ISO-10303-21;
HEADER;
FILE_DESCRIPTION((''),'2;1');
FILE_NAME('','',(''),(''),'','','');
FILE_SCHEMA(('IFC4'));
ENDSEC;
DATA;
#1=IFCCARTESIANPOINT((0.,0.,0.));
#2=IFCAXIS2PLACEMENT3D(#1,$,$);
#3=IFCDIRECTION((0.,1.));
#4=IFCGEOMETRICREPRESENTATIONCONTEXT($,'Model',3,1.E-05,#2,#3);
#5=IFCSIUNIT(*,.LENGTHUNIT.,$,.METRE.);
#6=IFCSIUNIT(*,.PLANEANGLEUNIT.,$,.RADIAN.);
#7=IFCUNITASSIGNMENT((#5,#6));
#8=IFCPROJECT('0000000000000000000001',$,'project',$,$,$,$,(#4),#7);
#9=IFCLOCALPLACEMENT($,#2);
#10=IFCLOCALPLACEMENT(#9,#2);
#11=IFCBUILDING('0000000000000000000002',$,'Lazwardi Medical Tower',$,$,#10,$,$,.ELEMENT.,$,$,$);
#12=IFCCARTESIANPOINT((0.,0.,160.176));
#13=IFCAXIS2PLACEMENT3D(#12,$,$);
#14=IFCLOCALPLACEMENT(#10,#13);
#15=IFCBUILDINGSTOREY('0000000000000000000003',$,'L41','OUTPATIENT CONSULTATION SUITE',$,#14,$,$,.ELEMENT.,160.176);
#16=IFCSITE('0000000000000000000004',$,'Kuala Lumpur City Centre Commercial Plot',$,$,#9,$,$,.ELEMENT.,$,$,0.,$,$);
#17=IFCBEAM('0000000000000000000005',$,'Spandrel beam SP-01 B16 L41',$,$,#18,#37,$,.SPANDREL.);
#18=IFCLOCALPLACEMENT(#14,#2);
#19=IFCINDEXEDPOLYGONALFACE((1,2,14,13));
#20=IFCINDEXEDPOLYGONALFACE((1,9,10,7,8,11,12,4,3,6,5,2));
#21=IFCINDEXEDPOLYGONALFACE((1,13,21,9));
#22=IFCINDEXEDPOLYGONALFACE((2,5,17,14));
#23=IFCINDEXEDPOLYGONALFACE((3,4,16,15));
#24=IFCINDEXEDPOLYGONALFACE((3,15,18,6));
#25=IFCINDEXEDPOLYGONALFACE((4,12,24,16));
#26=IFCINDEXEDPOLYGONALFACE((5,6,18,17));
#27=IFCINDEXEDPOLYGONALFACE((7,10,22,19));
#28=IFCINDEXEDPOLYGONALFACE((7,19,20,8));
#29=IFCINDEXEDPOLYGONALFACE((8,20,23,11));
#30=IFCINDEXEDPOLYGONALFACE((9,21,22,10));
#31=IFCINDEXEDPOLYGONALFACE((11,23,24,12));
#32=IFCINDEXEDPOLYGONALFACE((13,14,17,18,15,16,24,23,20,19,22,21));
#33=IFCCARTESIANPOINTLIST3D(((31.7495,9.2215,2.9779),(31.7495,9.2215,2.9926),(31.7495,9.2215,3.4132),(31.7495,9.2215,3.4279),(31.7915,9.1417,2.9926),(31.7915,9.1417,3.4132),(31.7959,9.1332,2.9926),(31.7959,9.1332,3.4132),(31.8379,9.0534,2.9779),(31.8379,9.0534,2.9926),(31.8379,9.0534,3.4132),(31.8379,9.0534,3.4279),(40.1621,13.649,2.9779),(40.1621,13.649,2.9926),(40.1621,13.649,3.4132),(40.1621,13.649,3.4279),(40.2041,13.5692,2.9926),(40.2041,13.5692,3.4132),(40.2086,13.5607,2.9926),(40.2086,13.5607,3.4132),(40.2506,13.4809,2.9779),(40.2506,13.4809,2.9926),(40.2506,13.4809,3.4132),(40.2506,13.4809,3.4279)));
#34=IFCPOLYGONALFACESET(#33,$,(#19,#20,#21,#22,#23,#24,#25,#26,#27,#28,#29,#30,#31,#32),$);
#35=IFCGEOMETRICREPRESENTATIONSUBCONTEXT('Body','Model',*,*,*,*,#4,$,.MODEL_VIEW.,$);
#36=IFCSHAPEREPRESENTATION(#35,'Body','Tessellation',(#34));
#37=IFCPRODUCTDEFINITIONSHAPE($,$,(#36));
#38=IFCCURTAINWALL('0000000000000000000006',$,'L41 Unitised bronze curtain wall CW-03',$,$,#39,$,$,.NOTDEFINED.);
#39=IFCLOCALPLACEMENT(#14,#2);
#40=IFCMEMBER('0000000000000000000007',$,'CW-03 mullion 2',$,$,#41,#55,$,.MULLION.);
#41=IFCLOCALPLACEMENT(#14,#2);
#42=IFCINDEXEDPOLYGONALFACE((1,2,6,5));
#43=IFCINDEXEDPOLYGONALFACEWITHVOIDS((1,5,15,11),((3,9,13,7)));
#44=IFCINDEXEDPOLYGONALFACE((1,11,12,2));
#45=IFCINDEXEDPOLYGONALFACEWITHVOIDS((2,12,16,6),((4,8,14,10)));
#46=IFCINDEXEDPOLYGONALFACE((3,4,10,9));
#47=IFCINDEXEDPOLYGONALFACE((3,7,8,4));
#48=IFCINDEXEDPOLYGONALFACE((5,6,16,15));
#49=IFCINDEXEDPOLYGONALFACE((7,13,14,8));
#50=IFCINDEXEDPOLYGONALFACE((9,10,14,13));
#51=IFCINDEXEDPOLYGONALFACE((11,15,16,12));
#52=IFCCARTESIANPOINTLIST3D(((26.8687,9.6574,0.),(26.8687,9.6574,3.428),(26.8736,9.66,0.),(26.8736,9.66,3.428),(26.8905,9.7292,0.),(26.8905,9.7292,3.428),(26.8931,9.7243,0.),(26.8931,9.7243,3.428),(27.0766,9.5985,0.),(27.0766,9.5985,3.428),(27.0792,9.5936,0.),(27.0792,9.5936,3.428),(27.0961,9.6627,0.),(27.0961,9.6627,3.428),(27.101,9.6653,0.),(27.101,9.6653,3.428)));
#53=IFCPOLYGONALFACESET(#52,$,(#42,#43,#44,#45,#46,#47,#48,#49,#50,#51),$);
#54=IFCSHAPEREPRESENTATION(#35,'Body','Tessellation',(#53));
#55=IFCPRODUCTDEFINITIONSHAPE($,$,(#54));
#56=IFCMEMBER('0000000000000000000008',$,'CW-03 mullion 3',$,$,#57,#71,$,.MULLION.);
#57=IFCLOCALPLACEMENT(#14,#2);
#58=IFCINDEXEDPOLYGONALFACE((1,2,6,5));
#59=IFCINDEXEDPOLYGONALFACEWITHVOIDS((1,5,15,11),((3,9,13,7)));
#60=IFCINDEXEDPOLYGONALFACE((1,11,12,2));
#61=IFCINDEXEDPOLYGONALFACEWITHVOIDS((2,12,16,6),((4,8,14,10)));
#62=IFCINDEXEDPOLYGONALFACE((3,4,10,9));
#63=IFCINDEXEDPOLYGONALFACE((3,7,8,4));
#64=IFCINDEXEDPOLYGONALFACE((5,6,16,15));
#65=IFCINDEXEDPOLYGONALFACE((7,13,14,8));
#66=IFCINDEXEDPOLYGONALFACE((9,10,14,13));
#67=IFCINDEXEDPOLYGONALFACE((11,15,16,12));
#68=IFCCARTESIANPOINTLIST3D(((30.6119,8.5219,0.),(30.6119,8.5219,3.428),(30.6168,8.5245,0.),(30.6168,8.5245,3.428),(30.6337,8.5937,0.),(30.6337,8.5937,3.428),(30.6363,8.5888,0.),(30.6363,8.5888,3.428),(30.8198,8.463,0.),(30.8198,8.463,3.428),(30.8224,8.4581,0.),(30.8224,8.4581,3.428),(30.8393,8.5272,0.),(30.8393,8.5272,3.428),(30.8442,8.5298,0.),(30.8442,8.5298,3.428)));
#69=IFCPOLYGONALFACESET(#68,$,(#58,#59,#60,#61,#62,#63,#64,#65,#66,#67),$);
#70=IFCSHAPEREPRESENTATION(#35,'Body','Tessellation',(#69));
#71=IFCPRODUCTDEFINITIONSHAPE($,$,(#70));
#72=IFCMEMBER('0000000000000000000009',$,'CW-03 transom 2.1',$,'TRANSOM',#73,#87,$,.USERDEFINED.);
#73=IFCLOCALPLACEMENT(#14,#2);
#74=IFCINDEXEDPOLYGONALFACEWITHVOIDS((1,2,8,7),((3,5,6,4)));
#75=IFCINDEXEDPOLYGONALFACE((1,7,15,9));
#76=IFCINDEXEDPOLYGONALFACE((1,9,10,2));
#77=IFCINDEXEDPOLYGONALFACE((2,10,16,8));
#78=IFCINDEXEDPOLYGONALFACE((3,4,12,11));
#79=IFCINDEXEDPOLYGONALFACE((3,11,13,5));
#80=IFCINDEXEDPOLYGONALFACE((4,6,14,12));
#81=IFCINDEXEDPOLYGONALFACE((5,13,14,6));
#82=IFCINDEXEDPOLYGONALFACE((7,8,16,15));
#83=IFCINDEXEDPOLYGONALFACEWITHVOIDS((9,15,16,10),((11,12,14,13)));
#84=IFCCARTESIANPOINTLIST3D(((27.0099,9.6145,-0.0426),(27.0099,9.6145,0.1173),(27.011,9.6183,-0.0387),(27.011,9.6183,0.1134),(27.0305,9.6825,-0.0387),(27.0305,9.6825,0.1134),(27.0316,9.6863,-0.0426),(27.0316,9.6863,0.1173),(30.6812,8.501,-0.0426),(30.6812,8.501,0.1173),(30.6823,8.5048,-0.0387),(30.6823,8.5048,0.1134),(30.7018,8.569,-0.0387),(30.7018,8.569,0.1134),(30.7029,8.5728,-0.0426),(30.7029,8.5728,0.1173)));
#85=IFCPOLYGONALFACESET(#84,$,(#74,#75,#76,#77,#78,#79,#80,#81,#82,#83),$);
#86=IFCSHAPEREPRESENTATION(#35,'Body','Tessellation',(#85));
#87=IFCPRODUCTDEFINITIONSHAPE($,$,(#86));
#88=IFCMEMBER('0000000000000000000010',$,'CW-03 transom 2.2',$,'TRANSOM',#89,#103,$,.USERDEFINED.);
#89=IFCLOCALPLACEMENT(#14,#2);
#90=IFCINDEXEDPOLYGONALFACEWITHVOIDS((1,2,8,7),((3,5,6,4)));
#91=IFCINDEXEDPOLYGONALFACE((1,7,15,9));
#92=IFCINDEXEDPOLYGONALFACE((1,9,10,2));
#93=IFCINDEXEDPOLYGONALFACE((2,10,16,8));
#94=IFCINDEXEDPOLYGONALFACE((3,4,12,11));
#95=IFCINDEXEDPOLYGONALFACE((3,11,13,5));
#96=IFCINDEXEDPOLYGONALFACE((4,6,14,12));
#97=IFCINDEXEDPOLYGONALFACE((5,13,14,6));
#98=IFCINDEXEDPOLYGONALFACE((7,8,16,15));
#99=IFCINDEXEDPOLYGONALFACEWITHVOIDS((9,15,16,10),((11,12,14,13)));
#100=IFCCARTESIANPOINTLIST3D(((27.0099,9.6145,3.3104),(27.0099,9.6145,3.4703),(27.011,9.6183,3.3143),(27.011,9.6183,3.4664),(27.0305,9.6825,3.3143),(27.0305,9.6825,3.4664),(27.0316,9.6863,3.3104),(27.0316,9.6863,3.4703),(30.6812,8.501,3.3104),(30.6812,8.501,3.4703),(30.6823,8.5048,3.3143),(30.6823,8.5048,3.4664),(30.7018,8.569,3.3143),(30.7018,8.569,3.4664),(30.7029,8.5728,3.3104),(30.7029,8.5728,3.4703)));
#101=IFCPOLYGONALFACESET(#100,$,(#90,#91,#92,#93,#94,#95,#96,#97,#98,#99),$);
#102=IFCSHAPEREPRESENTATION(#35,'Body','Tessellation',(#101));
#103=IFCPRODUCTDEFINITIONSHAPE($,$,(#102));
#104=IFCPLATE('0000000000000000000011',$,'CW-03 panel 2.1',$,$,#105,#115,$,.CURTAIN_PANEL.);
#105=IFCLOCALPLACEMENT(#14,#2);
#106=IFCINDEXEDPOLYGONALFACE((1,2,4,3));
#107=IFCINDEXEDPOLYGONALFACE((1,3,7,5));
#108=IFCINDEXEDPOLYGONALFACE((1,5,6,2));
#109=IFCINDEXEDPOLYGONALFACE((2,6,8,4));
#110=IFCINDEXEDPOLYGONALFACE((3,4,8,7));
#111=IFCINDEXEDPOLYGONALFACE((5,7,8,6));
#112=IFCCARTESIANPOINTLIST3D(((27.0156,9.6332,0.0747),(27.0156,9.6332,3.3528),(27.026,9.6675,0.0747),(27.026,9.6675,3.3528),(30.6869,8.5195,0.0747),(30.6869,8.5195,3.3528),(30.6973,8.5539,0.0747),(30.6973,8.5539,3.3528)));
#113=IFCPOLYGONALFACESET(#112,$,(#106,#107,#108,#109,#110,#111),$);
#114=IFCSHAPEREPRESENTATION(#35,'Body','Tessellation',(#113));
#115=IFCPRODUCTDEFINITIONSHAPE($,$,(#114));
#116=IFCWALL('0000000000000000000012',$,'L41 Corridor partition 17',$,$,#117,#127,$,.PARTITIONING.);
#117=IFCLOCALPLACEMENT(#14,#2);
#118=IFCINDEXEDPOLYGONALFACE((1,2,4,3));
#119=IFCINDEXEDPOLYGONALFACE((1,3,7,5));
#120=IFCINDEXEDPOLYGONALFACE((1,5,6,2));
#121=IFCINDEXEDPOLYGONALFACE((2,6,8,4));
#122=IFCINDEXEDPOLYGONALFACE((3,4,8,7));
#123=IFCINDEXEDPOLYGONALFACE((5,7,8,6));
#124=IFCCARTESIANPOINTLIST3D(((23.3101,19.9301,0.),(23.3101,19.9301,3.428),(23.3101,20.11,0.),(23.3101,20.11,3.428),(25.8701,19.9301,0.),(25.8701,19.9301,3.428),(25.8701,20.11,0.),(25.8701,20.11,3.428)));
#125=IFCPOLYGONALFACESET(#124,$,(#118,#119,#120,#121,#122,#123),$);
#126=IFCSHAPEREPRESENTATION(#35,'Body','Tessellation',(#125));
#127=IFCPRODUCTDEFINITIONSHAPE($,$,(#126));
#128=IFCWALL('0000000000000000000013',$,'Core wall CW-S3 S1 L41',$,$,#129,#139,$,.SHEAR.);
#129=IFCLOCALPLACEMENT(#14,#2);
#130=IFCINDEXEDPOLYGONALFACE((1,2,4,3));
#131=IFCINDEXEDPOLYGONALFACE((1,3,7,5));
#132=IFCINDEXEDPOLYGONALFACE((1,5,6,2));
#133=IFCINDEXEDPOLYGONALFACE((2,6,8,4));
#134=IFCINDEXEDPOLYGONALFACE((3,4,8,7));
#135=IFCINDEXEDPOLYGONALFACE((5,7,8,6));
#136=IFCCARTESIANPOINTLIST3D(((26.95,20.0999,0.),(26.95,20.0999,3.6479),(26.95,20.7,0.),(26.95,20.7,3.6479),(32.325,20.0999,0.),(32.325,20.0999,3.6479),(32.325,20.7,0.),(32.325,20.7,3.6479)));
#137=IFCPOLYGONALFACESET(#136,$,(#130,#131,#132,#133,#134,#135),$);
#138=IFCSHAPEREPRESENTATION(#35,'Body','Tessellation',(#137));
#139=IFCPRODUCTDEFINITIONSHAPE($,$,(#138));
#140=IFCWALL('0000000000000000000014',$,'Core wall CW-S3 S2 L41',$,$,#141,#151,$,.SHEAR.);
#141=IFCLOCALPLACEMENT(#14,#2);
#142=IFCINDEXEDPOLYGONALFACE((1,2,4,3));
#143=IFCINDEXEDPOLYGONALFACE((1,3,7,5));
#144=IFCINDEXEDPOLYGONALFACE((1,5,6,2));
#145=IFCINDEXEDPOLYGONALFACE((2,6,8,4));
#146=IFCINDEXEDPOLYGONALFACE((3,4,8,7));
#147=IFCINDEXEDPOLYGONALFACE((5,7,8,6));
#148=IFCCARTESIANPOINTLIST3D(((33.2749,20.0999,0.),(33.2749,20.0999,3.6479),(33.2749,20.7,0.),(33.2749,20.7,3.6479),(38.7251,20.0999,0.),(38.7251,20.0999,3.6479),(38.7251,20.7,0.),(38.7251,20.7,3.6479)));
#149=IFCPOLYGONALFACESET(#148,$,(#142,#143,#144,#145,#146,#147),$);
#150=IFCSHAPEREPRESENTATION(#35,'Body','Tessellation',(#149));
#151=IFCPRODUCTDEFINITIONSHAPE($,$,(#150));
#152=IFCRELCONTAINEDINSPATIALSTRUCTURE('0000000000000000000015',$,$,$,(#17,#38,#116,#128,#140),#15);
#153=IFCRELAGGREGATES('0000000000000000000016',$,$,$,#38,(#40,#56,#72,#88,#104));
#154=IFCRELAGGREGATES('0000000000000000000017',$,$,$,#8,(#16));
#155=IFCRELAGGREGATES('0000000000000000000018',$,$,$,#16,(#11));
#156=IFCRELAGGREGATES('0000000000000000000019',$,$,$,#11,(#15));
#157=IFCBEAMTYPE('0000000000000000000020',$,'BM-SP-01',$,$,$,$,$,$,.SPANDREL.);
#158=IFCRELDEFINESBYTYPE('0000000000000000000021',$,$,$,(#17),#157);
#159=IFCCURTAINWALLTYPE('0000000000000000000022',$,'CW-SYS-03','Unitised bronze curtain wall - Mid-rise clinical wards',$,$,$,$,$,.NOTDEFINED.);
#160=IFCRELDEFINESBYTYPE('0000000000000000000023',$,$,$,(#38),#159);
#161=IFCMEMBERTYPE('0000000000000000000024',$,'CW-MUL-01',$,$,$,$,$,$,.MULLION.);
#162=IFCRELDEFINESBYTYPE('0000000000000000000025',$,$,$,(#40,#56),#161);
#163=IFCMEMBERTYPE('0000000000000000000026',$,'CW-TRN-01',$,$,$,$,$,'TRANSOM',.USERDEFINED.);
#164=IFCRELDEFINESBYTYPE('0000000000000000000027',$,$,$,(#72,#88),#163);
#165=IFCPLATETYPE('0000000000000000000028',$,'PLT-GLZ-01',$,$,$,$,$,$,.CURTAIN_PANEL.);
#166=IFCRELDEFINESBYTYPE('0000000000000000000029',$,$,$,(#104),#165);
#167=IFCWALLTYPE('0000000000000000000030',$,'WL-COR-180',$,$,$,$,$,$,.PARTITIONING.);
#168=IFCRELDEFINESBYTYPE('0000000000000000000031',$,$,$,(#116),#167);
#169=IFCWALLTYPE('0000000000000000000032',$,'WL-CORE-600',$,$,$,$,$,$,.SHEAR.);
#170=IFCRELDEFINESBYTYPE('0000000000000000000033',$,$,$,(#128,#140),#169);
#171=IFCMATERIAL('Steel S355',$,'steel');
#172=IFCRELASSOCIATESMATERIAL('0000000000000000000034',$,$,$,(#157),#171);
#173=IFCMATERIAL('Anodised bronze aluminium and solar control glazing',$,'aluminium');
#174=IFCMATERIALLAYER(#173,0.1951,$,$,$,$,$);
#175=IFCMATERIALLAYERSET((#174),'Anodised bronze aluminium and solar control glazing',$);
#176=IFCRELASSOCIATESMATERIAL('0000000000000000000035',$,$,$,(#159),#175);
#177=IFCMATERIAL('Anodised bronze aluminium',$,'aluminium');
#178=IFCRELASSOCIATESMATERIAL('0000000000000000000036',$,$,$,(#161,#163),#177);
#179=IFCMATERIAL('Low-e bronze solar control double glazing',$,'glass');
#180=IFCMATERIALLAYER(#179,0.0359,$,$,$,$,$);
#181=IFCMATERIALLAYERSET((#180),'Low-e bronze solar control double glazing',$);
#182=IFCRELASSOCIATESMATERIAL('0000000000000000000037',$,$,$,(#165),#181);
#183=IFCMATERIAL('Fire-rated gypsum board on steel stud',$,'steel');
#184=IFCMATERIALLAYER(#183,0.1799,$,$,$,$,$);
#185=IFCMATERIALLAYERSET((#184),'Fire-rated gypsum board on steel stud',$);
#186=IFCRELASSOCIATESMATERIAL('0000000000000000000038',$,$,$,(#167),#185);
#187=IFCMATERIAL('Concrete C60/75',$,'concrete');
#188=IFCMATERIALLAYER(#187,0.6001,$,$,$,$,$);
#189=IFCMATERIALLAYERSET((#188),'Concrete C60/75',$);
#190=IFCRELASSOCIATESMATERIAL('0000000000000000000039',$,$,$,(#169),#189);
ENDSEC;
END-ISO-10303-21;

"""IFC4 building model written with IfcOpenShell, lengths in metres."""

from ifc_helpers import new_model, si_unit, direction, frame, frame_2d, origin, origin_2d, place, context, subcontext, project, spatial, rectangle, hollow_rectangle, i_section, extrude, material, layer, layer_set, material_profile, profile_set, type_object, element, aggregate, save


model = new_model("IFC4")

# Units and contexts
model_context = context("Model", 3, precision=1e-05, world=origin(), true_north=direction((0.0, 1.0)))
body_context = subcontext(model_context, "Body", "Model", "MODEL_VIEW")
ifc_project = project(units=[si_unit("LENGTHUNIT", "METRE"), si_unit("PLANEANGLEUNIT", "RADIAN")], contexts=[model_context])

# Site, building, storey
site_placement = place(None, origin())
site = spatial("IfcSite", under=ifc_project, at=site_placement, Name="Kuala Lumpur City Centre Commercial Plot", CompositionType="ELEMENT", RefElevation=0.0)
building_placement = place(site_placement, origin())
building = spatial("IfcBuilding", under=site, at=building_placement, Name="Lazwardi Medical Tower", CompositionType="ELEMENT")
storey_placement = place(building_placement, frame((0.0, 0.0, 160.176)))
storey = spatial("IfcBuildingStorey", under=building, at=storey_placement, Name="L41", Description="OUTPATIENT CONSULTATION SUITE", CompositionType="ELEMENT", Elevation=160.176)

# Shared definitions
ifc_material_1 = material(Name="Concrete C60/75", Category="concrete")

# Beam
ifc_material_2 = material(Name="Steel S355", Category="steel")
ifc_material_profile_1 = material_profile(ifc_material_2, i_section(OverallWidth=0.1899, OverallDepth=0.45, WebThickness=0.0095, FlangeThickness=0.0146, at=origin_2d()), Name="IPE 450")
ifc_profile_set_1 = profile_set([ifc_material_profile_1], Name="Steel S355")
beam_type_1 = type_object("IfcBeamType", Name="BM-SP-01", PredefinedType="SPANDREL", material=ifc_profile_set_1)
beam_1_placement = place(storey_placement, frame((31.7937, 9.1375, 3.2029), z_axis=(0.884927, 0.465731, 0.0), x_axis=(-0.465731, 0.884927, 0.0)))
element("IfcBeam", 1, at=beam_1_placement, inside=storey, type_object=beam_type_1, Name="Spandrel beam SP-01 B16 L41", PredefinedType="SPANDREL", context=body_context, shape_type="SweptSolid", body=[
    extrude(i_section(OverallWidth=0.1899, OverallDepth=0.45, WebThickness=0.0095, FlangeThickness=0.0146, at=origin_2d()), origin(), (0.0, 0.0, 1.0), 9.5066),
])

# Curtain wall, members, plate
ifc_material_3 = material(Name="Anodised bronze aluminium and solar control glazing", Category="aluminium")
ifc_layer_1 = layer(ifc_material_3, 0.1951)
ifc_layer_set_1 = layer_set([ifc_layer_1], Name="Anodised bronze aluminium and solar control glazing")
curtain_wall_type = type_object("IfcCurtainWallType", Name="CW-SYS-03", Description="Unitised bronze curtain wall - Mid-rise clinical wards", PredefinedType="NOTDEFINED", material=ifc_layer_set_1)
curtain_wall_placement = place(storey_placement, origin())
curtain_wall = element("IfcCurtainWall", 2, at=curtain_wall_placement, inside=storey, type_object=curtain_wall_type, Name="L41 Unitised bronze curtain wall CW-03", PredefinedType="NOTDEFINED")
ifc_material_4 = material(Name="Anodised bronze aluminium", Category="aluminium")
ifc_material_profile_2 = material_profile(ifc_material_4, hollow_rectangle(XDim=0.075, YDim=0.22, WallThickness=0.0039, at=origin_2d()), Name="ALU-MULLION 220x75x4")
ifc_profile_set_2 = profile_set([ifc_material_profile_2], Name="Anodised bronze aluminium")
member_type_1 = type_object("IfcMemberType", Name="CW-MUL-01", PredefinedType="MULLION", material=ifc_profile_set_2)
member_1_placement = place(storey_placement, frame((26.9849, 9.6614, 0.0), z_axis=(0.0, 0.0, 1.0), x_axis=(0.290281, 0.956942, 0.0)))
member_1 = element("IfcMember", 3, at=member_1_placement, type_object=member_type_1, Name="CW-03 mullion 2", PredefinedType="MULLION", context=body_context, shape_type="SweptSolid", body=[
    extrude(hollow_rectangle(XDim=0.075, YDim=0.22, WallThickness=0.0039, at=origin_2d()), origin(), (0.0, 0.0, 1.0), 3.428),
])
member_2_placement = place(storey_placement, frame((30.728, 8.5259, 0.0), z_axis=(0.0, 0.0, 1.0), x_axis=(0.290281, 0.956942, 0.0)))
member_2 = element("IfcMember", 4, at=member_2_placement, type_object=member_type_1, Name="CW-03 mullion 3", PredefinedType="MULLION", context=body_context, shape_type="SweptSolid", body=[
    extrude(hollow_rectangle(XDim=0.075, YDim=0.22, WallThickness=0.0039, at=origin_2d()), origin(), (0.0, 0.0, 1.0), 3.428),
])
ifc_material_profile_3 = material_profile(ifc_material_4, hollow_rectangle(XDim=0.075, YDim=0.1599, WallThickness=0.0039, at=origin_2d()), Name="ALU-TRANSOM 160x75x4")
ifc_profile_set_3 = profile_set([ifc_material_profile_3], Name="Anodised bronze aluminium")
member_type_2 = type_object("IfcMemberType", Name="CW-TRN-01", ElementType="TRANSOM", PredefinedType="USERDEFINED", material=ifc_profile_set_3)
member_3_placement = place(storey_placement, frame((27.0208, 9.6504, 0.0374), z_axis=(0.956953, -0.290242, 0.0), x_axis=(0.290242, 0.956953, 0.0)))
member_3 = element("IfcMember", 5, at=member_3_placement, type_object=member_type_2, Name="CW-03 transom 2.1", ObjectType="TRANSOM", PredefinedType="USERDEFINED", context=body_context, shape_type="SweptSolid", body=[
    extrude(hollow_rectangle(XDim=0.075, YDim=0.1599, WallThickness=0.0039, at=origin_2d()), origin(), (0.0, 0.0, 1.0), 3.8364),
])
member_4_placement = place(storey_placement, frame((27.0208, 9.6504, 3.3904), z_axis=(0.956953, -0.290242, 0.0), x_axis=(0.290242, 0.956953, 0.0)))
member_4 = element("IfcMember", 6, at=member_4_placement, type_object=member_type_2, Name="CW-03 transom 2.2", ObjectType="TRANSOM", PredefinedType="USERDEFINED", context=body_context, shape_type="SweptSolid", body=[
    extrude(hollow_rectangle(XDim=0.075, YDim=0.1599, WallThickness=0.0039, at=origin_2d()), origin(), (0.0, 0.0, 1.0), 3.8364),
])
ifc_material_5 = material(Name="Low-e bronze solar control double glazing", Category="glass")
ifc_layer_2 = layer(ifc_material_5, 0.0359)
ifc_layer_set_2 = layer_set([ifc_layer_2], Name="Low-e bronze solar control double glazing")
plate_type = type_object("IfcPlateType", Name="PLT-GLZ-01", PredefinedType="CURTAIN_PANEL", material=ifc_layer_set_2)
plate_placement = place(storey_placement, frame((28.8564, 9.0935, 0.0747), z_axis=(0.0, 0.0, 1.0), x_axis=(0.956942, -0.290281, 0.0)))
plate = element("IfcPlate", 7, at=plate_placement, type_object=plate_type, Name="CW-03 panel 2.1", PredefinedType="CURTAIN_PANEL", context=body_context, shape_type="SweptSolid", body=[
    extrude(rectangle(XDim=3.8364, YDim=0.0359, at=origin_2d()), origin(), (0.0, 0.0, 1.0), 3.2781),
])
aggregate(curtain_wall, [member_1, member_2, member_3, member_4, plate])

# Wall
ifc_material_6 = material(Name="Fire-rated gypsum board on steel stud", Category="steel")
ifc_layer_3 = layer(ifc_material_6, 0.1799)
ifc_layer_set_3 = layer_set([ifc_layer_3], Name="Fire-rated gypsum board on steel stud")
wall_type_1 = type_object("IfcWallType", Name="WL-COR-180", PredefinedType="PARTITIONING", material=ifc_layer_set_3)
wall_1_placement = place(storey_placement, frame((25.8701, 20.02, 0.0), z_axis=(0.0, 0.0, 1.0), x_axis=(-1.0, 0.0, 0.0)))
element("IfcWall", 8, at=wall_1_placement, inside=storey, type_object=wall_type_1, Name="L41 Corridor partition 17", PredefinedType="PARTITIONING", context=body_context, shape_type="SweptSolid", body=[
    extrude(rectangle(XDim=2.5601, YDim=0.1799, at=frame_2d((1.28, 0.0))), origin(), (0.0, 0.0, 1.0), 3.428),
])

# Shared definitions
ifc_layer_4 = layer(ifc_material_1, 0.6001)
ifc_layer_set_4 = layer_set([ifc_layer_4], Name="Concrete C60/75")
wall_type_2 = type_object("IfcWallType", Name="WL-CORE-600", PredefinedType="SHEAR", material=ifc_layer_set_4)

# Walls
wall_2_placement = place(storey_placement, frame((26.95, 20.3999, 0.0), z_axis=(0.0, 0.0, 1.0), x_axis=(1.0, 0.0, 0.0)))
element("IfcWall", 9, at=wall_2_placement, inside=storey, type_object=wall_type_2, Name="Core wall CW-S3 S1 L41", PredefinedType="SHEAR", context=body_context, shape_type="SweptSolid", body=[
    extrude(rectangle(XDim=5.375, YDim=0.6001, at=frame_2d((2.6875, 0.0))), origin(), (0.0, 0.0, 1.0), 3.6479),
])
wall_3_placement = place(storey_placement, frame((33.2749, 20.3999, 0.0), z_axis=(0.0, 0.0, 1.0), x_axis=(1.0, 0.0, 0.0)))
element("IfcWall", 10, at=wall_3_placement, inside=storey, type_object=wall_type_2, Name="Core wall CW-S3 S2 L41", PredefinedType="SHEAR", context=body_context, shape_type="SweptSolid", body=[
    extrude(rectangle(XDim=5.4502, YDim=0.6001, at=frame_2d((2.7251, 0.0))), origin(), (0.0, 0.0, 1.0), 3.6479),
])

save(model, "model.ifc")
